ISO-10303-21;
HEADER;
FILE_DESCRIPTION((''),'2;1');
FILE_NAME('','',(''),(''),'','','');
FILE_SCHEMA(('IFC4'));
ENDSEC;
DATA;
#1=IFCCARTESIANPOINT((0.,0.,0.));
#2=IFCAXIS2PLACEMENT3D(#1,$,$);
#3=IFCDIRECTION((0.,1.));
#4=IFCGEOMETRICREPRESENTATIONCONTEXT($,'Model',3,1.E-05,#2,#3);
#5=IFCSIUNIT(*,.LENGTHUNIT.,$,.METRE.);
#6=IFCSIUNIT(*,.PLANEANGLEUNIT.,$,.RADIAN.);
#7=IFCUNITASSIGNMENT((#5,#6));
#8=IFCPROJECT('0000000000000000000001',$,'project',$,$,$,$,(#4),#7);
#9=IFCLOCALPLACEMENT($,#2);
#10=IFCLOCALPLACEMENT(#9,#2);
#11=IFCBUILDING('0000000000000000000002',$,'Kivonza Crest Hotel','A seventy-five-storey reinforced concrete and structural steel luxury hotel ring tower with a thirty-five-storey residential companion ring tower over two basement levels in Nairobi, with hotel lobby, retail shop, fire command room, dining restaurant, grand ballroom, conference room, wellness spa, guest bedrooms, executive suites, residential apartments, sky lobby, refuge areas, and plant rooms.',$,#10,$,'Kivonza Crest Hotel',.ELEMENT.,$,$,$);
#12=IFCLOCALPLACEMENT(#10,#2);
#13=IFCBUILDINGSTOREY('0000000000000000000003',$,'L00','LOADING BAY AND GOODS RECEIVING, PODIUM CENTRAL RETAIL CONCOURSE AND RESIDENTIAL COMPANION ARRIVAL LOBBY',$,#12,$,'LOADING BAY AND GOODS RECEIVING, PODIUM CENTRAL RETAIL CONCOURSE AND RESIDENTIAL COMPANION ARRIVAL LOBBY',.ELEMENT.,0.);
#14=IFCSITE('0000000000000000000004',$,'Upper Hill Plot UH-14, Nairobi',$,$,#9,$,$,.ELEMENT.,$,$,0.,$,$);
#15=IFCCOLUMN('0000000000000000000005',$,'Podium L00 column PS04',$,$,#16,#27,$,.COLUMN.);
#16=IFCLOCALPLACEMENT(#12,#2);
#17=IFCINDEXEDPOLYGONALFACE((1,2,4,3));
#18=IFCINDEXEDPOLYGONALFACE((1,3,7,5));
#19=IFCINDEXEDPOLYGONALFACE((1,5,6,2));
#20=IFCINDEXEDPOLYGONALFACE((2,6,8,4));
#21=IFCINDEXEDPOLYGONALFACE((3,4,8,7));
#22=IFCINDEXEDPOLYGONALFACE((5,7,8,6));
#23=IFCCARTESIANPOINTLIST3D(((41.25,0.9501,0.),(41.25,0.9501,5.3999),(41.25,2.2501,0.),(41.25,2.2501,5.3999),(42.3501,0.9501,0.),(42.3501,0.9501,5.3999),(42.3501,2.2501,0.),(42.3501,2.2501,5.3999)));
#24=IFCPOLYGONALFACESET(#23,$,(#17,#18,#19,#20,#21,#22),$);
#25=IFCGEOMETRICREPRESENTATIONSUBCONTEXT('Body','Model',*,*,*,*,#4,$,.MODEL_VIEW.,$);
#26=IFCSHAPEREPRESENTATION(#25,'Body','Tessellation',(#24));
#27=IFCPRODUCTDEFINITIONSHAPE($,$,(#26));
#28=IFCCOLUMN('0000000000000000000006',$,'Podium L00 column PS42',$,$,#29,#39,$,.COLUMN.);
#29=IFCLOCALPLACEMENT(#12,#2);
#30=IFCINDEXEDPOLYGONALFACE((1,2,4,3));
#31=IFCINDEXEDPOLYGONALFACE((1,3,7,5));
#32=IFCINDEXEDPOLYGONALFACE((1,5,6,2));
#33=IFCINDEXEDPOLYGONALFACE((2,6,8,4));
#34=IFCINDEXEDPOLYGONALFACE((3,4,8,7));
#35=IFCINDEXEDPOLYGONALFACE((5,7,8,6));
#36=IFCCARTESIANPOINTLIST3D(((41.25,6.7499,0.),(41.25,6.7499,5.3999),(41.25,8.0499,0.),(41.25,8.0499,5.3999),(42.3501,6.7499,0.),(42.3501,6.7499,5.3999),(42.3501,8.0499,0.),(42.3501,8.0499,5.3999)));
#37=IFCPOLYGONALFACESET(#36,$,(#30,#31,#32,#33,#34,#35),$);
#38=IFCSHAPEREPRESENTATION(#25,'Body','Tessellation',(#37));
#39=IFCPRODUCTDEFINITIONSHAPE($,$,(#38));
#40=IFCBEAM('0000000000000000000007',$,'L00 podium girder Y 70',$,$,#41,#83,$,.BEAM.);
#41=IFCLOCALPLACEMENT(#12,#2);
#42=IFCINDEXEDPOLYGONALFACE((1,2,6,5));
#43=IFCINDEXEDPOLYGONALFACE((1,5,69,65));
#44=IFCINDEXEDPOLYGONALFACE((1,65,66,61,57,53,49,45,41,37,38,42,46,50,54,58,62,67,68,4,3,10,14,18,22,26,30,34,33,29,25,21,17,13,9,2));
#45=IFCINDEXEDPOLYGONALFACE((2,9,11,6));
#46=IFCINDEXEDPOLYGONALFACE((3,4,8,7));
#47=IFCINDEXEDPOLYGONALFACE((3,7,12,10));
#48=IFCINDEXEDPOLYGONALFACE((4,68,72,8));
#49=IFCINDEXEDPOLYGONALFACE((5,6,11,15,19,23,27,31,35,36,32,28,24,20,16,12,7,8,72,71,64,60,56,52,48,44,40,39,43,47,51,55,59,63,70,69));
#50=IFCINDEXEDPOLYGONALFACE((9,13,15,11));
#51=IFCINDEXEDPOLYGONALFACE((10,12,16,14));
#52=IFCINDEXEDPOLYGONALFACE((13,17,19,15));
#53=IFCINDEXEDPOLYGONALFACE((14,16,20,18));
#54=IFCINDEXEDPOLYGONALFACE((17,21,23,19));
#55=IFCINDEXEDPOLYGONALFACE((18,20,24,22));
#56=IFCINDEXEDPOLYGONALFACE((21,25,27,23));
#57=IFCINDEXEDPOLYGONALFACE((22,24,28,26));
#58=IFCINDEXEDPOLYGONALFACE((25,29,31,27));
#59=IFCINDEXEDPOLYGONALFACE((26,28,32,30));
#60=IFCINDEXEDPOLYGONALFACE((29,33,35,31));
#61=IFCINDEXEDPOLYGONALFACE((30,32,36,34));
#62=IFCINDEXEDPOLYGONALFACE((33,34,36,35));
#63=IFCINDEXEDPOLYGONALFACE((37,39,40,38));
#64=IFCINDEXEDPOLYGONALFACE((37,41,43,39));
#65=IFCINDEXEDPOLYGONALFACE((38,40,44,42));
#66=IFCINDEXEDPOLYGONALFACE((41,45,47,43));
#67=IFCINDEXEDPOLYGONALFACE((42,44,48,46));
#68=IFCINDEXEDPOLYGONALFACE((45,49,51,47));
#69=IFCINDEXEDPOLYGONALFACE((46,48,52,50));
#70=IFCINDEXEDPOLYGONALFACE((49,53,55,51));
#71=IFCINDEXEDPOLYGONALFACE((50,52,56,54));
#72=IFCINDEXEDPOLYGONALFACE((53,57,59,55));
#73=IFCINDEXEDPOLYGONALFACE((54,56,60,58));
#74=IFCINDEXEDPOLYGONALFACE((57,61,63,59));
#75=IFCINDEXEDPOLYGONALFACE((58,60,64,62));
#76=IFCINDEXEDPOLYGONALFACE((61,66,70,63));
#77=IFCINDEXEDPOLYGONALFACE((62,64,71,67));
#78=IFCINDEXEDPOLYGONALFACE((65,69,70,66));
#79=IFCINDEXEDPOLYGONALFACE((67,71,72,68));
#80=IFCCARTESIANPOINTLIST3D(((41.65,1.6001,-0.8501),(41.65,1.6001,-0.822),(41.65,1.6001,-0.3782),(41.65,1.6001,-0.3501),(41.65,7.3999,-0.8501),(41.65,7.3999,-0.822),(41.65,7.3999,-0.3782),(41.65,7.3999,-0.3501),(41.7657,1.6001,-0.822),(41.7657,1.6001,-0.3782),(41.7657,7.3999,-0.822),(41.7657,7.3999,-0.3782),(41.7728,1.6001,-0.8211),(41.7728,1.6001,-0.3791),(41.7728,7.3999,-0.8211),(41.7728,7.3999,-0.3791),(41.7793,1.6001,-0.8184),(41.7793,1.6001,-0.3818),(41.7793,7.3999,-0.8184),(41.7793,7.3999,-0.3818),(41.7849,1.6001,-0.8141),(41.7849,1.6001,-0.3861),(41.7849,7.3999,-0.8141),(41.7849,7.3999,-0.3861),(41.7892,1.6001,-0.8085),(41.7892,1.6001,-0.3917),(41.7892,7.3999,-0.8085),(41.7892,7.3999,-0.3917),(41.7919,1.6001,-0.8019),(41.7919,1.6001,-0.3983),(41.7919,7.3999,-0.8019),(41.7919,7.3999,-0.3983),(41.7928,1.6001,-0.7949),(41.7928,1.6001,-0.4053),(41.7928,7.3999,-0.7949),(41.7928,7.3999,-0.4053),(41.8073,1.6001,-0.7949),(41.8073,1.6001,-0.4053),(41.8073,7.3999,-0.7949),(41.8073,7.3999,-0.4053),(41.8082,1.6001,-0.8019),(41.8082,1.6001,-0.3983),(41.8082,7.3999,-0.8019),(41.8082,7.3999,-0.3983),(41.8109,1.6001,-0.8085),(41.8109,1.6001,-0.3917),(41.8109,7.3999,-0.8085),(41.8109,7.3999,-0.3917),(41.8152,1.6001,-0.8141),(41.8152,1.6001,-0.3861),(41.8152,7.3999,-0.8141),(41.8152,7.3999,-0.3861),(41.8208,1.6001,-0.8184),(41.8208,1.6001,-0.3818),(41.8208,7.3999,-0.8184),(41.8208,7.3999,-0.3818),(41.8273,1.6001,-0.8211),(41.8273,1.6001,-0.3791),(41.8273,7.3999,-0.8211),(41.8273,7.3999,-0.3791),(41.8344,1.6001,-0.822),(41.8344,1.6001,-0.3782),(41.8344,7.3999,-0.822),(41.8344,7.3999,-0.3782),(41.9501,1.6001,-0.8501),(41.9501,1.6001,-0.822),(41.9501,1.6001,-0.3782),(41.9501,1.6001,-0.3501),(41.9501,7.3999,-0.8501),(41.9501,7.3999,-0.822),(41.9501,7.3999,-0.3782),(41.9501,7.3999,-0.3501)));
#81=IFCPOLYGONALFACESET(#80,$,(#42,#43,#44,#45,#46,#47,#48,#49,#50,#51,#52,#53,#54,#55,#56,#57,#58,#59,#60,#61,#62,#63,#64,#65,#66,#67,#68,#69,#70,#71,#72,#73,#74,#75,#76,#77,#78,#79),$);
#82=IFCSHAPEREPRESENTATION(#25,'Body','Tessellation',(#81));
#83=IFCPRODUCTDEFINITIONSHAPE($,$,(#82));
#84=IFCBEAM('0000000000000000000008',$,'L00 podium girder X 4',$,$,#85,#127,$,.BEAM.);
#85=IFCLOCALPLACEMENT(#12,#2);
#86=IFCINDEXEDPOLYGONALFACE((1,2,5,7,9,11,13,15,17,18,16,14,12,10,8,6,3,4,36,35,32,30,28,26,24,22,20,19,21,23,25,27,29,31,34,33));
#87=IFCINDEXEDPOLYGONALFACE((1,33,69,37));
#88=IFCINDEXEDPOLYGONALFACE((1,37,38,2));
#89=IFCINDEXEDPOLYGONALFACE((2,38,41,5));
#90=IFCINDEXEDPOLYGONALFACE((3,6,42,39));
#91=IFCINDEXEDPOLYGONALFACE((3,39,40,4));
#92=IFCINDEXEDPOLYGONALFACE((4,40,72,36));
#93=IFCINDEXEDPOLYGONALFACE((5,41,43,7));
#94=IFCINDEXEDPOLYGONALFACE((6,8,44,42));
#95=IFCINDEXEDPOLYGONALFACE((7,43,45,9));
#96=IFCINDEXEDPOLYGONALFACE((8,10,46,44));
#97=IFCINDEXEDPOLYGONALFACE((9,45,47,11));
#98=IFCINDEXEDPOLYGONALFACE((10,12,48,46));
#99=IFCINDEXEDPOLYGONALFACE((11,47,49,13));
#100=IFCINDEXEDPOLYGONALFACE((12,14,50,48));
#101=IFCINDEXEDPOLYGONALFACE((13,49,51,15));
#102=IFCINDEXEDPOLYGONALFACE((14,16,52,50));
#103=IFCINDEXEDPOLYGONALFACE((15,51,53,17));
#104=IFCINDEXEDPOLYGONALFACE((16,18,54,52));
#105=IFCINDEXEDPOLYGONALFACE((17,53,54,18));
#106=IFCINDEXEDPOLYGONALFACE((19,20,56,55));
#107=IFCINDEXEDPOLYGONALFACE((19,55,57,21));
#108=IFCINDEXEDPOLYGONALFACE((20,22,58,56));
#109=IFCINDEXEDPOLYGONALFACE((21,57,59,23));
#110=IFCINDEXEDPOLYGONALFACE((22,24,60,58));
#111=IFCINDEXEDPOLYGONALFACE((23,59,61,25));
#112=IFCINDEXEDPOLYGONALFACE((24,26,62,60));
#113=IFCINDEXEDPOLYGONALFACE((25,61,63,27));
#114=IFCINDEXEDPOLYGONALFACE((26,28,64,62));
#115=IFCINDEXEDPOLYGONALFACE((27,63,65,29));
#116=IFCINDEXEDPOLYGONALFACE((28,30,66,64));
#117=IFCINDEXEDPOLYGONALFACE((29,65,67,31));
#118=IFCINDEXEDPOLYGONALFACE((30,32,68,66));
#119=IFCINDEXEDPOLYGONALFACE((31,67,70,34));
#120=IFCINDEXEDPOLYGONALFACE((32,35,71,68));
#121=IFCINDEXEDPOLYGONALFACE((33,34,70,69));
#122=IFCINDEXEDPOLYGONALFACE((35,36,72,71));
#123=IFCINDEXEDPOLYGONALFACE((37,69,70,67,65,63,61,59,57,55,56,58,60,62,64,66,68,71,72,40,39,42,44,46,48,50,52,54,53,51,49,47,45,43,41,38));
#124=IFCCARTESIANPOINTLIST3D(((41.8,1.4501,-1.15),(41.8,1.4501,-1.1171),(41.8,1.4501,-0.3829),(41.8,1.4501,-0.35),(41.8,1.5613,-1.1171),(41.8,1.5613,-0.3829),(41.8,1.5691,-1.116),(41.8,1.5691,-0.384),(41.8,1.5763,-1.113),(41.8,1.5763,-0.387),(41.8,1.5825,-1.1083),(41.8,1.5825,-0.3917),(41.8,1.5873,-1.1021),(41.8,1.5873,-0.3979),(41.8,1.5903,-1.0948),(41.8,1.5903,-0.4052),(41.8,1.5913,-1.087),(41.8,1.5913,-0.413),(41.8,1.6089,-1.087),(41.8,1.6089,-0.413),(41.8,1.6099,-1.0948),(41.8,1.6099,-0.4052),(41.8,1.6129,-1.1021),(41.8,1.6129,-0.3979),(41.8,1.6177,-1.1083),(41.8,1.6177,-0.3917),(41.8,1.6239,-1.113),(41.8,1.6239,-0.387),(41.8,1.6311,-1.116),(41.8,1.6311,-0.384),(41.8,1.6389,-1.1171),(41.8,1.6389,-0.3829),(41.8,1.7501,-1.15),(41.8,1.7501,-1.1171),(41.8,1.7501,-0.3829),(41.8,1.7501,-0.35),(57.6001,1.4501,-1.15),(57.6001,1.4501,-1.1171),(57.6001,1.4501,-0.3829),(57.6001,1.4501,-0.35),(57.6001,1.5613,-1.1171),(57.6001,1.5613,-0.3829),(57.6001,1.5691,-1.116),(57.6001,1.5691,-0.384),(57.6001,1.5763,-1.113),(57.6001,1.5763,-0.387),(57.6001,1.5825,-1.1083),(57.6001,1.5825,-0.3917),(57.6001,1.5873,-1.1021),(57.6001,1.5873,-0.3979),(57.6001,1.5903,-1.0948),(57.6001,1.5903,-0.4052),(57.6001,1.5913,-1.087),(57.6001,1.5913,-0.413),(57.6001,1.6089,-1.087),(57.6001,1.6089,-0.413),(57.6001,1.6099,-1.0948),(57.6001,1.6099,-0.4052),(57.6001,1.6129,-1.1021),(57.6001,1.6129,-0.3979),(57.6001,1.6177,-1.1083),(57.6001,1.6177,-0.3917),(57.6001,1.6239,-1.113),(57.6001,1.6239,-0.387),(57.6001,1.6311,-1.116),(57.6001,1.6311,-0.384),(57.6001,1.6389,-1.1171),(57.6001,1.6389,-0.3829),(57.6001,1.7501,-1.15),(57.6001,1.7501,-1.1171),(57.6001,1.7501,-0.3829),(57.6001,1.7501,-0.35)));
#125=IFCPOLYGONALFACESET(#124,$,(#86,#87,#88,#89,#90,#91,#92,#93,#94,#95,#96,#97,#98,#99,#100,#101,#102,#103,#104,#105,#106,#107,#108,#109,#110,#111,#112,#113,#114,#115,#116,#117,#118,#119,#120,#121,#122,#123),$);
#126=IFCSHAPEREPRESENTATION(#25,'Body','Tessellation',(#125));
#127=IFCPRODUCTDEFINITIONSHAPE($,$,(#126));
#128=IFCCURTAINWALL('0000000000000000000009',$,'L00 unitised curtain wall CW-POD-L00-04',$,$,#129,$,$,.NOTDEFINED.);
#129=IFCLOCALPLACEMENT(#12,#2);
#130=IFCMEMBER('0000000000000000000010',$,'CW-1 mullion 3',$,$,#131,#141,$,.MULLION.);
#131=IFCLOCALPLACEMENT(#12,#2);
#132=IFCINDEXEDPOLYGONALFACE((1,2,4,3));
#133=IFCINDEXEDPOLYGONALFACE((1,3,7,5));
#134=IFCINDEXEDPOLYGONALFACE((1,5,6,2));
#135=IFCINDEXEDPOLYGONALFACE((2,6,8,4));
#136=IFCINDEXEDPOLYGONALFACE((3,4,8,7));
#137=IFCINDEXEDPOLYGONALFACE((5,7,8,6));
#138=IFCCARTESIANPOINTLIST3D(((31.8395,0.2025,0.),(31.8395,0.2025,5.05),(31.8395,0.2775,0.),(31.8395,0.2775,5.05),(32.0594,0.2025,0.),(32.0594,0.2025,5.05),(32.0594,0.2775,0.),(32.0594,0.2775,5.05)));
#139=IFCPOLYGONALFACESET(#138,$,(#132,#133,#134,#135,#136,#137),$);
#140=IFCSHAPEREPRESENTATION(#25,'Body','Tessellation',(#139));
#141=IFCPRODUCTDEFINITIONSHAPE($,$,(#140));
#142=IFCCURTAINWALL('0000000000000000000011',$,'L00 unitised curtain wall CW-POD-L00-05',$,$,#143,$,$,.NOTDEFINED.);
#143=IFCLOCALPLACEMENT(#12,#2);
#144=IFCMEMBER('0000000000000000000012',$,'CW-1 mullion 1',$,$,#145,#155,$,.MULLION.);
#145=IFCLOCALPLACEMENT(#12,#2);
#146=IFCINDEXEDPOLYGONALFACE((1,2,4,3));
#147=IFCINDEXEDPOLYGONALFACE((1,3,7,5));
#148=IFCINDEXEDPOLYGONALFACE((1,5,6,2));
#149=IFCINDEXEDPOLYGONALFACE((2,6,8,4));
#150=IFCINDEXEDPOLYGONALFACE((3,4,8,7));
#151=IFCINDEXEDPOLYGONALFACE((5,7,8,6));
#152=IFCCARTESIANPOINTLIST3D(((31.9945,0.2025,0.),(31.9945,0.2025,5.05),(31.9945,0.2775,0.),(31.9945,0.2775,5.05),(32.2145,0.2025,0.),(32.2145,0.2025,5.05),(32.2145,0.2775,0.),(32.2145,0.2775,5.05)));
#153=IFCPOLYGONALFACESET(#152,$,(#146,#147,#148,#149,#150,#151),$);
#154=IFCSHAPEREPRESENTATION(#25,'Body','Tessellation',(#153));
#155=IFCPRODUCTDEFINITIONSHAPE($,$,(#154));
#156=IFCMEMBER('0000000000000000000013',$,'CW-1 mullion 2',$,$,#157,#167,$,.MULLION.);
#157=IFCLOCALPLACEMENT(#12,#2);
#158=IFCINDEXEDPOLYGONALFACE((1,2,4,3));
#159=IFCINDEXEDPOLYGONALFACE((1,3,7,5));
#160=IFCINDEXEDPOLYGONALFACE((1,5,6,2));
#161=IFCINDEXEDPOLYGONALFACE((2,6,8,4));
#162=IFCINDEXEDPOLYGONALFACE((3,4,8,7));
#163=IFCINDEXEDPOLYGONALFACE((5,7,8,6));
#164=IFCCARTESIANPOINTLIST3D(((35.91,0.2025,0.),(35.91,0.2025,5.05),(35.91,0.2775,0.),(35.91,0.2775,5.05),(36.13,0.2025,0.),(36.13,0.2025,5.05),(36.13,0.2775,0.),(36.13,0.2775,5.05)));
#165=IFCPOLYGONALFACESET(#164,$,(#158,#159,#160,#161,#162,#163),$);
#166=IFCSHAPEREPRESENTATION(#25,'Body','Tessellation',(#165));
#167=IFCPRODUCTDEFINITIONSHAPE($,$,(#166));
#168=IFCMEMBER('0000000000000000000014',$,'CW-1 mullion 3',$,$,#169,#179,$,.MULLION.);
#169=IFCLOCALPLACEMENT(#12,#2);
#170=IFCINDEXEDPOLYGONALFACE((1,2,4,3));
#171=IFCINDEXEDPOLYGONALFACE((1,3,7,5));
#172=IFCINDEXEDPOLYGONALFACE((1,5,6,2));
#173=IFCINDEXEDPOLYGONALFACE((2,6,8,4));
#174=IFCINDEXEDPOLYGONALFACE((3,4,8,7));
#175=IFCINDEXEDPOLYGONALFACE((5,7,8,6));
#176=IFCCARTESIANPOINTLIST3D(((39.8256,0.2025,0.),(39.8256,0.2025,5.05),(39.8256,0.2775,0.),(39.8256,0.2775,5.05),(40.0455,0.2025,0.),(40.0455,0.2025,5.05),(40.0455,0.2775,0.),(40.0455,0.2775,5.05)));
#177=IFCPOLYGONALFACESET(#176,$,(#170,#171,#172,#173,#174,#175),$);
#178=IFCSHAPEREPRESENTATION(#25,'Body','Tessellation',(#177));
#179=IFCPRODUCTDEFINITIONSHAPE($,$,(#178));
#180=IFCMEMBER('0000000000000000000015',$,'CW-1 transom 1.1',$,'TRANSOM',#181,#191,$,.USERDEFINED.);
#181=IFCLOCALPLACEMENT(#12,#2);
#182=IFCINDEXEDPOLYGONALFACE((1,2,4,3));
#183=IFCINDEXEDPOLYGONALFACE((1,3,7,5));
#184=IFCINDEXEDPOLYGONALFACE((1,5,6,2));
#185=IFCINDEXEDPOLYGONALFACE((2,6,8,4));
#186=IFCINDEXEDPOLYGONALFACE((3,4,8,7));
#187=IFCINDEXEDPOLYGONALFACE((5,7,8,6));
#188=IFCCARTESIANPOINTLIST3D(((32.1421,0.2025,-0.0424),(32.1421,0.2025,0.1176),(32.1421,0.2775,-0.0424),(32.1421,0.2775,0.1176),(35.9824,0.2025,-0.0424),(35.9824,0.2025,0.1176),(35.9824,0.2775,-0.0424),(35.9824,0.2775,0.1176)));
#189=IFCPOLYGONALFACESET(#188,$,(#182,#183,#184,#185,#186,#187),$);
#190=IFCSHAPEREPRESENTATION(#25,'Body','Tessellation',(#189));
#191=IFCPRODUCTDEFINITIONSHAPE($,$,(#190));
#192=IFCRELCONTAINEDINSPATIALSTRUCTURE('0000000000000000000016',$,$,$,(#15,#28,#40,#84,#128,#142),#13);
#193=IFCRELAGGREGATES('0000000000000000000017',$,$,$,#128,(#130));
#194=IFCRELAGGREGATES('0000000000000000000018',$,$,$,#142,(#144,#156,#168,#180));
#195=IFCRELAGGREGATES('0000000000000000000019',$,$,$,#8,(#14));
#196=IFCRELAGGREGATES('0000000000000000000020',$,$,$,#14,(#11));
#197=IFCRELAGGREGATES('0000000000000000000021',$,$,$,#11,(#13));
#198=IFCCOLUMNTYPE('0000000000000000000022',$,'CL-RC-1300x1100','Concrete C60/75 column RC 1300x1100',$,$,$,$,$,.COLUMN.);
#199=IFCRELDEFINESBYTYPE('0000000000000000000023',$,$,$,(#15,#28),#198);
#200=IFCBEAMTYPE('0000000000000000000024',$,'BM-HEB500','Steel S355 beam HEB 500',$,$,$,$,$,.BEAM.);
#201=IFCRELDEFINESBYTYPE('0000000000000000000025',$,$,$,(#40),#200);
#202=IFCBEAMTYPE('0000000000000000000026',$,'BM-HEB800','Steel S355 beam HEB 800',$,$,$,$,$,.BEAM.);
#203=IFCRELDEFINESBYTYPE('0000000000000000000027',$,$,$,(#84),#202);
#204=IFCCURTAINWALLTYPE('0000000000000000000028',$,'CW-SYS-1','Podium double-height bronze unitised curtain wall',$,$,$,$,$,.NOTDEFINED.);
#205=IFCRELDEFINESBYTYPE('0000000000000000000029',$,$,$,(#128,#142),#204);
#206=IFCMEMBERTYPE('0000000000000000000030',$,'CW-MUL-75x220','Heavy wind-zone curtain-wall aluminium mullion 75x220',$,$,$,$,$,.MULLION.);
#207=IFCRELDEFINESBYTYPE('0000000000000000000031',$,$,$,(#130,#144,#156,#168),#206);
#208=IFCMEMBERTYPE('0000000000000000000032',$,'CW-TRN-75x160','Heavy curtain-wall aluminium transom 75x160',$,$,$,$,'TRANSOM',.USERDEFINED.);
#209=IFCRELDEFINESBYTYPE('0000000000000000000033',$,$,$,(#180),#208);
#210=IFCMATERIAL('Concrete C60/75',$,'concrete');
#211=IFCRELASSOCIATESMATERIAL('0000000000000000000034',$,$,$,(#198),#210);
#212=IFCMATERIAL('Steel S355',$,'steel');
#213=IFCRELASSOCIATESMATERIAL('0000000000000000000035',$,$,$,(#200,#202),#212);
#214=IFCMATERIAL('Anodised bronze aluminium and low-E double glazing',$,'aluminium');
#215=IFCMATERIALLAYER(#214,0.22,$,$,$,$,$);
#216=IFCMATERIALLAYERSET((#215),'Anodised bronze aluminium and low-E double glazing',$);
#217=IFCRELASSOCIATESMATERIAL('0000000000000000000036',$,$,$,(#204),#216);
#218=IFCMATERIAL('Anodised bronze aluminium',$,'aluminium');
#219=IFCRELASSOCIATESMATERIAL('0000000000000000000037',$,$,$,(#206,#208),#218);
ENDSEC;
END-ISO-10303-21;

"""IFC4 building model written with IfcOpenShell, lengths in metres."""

from ifc_helpers import new_model, si_unit, direction, frame, origin, origin_2d, place, context, subcontext, project, spatial, rectangle, i_section, extrude, material, layer, layer_set, material_profile, profile_set, type_object, element, aggregate, save


model = new_model("IFC4")

# Units and contexts
model_context = context("Model", 3, precision=1e-05, world=origin(), true_north=direction((0.0, 1.0)))
body_context = subcontext(model_context, "Body", "Model", "MODEL_VIEW")
ifc_project = project(units=[si_unit("LENGTHUNIT", "METRE"), si_unit("PLANEANGLEUNIT", "RADIAN")], contexts=[model_context])

# Site, building, storey
site_placement = place(None, origin())
site = spatial("IfcSite", under=ifc_project, at=site_placement, Name="Upper Hill Plot UH-14, Nairobi", CompositionType="ELEMENT", RefElevation=0.0)
building_placement = place(site_placement, origin())
building = spatial("IfcBuilding", under=site, at=building_placement, Name="Kivonza Crest Hotel", Description="A seventy-five-storey reinforced concrete and structural steel luxury hotel ring tower with a thirty-five-storey residential companion ring tower over two basement levels in Nairobi, with hotel lobby, retail shop, fire command room, dining restaurant, grand ballroom, conference room, wellness spa, guest bedrooms, executive suites, residential apartments, sky lobby, refuge areas, and plant rooms.", LongName="Kivonza Crest Hotel", CompositionType="ELEMENT")
storey_placement = place(building_placement, origin())
storey = spatial("IfcBuildingStorey", under=building, at=storey_placement, Name="L00", Description="LOADING BAY AND GOODS RECEIVING, PODIUM CENTRAL RETAIL CONCOURSE AND RESIDENTIAL COMPANION ARRIVAL LOBBY", LongName="LOADING BAY AND GOODS RECEIVING, PODIUM CENTRAL RETAIL CONCOURSE AND RESIDENTIAL COMPANION ARRIVAL LOBBY", CompositionType="ELEMENT", Elevation=0.0)

# Columns
ifc_material_1 = material(Name="Concrete C60/75", Category="concrete")
ifc_material_profile_1 = material_profile(ifc_material_1, rectangle(XDim=1.1001, YDim=1.3, at=origin_2d()), Name="RC 1300x1100")
ifc_profile_set_1 = profile_set([ifc_material_profile_1], Name="Concrete C60/75")
column_type = type_object("IfcColumnType", Name="CL-RC-1300x1100", Description="Concrete C60/75 column RC 1300x1100", PredefinedType="COLUMN", material=ifc_profile_set_1)
for number, where, z_axis, x_axis, name in (
    (1, (41.8, 1.6001, 0.0), (0.0, 0.0, 1.0), (1.0, 0.0, 0.0), "Podium L00 column PS04"),
    (2, (41.8, 7.3999, 0.0), (0.0, 0.0, 1.0), (1.0, 0.0, 0.0), "Podium L00 column PS42"),
):
    element("IfcColumn", number, at=place(storey_placement, frame(where, z_axis=z_axis, x_axis=x_axis)), inside=storey, type_object=column_type, Name=name, PredefinedType="COLUMN", context=body_context, shape_type="SweptSolid", body=[
        extrude(rectangle(XDim=1.1001, YDim=1.3, at=origin_2d()), origin(), (0.0, 0.0, 1.0), 5.3999),
    ])

# Beams
ifc_material_2 = material(Name="Steel S355", Category="steel")
ifc_material_profile_2 = material_profile(ifc_material_2, i_section(OverallWidth=0.3, OverallDepth=0.5, WebThickness=0.0144, FlangeThickness=0.0281, FilletRadius=0.0271, at=origin_2d()), Name="HEB 500")
ifc_profile_set_2 = profile_set([ifc_material_profile_2], Name="Steel S355")
beam_type_1 = type_object("IfcBeamType", Name="BM-HEB500", Description="Steel S355 beam HEB 500", PredefinedType="BEAM", material=ifc_profile_set_2)
beam_1_placement = place(storey_placement, frame((41.8, 1.6001, -0.6001), z_axis=(0.0, 1.0, 0.0), x_axis=(-1.0, 0.0, 0.0)))
element("IfcBeam", 3, at=beam_1_placement, inside=storey, type_object=beam_type_1, Name="L00 podium girder Y 70", PredefinedType="BEAM", context=body_context, shape_type="SweptSolid", body=[
    extrude(i_section(OverallWidth=0.3, OverallDepth=0.5, WebThickness=0.0144, FlangeThickness=0.0281, FilletRadius=0.0271, at=origin_2d()), origin(), (0.0, 0.0, 1.0), 5.7998),
])
ifc_material_profile_3 = material_profile(ifc_material_2, i_section(OverallWidth=0.3, OverallDepth=0.8, WebThickness=0.0176, FlangeThickness=0.033, FilletRadius=0.03, at=origin_2d()), Name="HEB 800")
ifc_profile_set_3 = profile_set([ifc_material_profile_3], Name="Steel S355")
beam_type_2 = type_object("IfcBeamType", Name="BM-HEB800", Description="Steel S355 beam HEB 800", PredefinedType="BEAM", material=ifc_profile_set_3)
beam_2_placement = place(storey_placement, frame((41.8, 1.6001, -0.75), z_axis=(1.0, 0.0, 0.0), x_axis=(0.0, 1.0, 0.0)))
element("IfcBeam", 4, at=beam_2_placement, inside=storey, type_object=beam_type_2, Name="L00 podium girder X 4", PredefinedType="BEAM", context=body_context, shape_type="SweptSolid", body=[
    extrude(i_section(OverallWidth=0.3, OverallDepth=0.8, WebThickness=0.0176, FlangeThickness=0.033, FilletRadius=0.03, at=origin_2d()), origin(), (0.0, 0.0, 1.0), 15.8),
])

# Curtain wall, member
ifc_material_3 = material(Name="Anodised bronze aluminium and low-E double glazing", Category="aluminium")
ifc_layer_1 = layer(ifc_material_3, 0.22)
ifc_layer_set_1 = layer_set([ifc_layer_1], Name="Anodised bronze aluminium and low-E double glazing")
curtain_wall_type = type_object("IfcCurtainWallType", Name="CW-SYS-1", Description="Podium double-height bronze unitised curtain wall", PredefinedType="NOTDEFINED", material=ifc_layer_set_1)
curtain_wall_1_placement = place(storey_placement, origin())
curtain_wall_1 = element("IfcCurtainWall", 5, at=curtain_wall_1_placement, inside=storey, type_object=curtain_wall_type, Name="L00 unitised curtain wall CW-POD-L00-04", PredefinedType="NOTDEFINED")
ifc_material_4 = material(Name="Anodised bronze aluminium", Category="aluminium")
ifc_material_profile_4 = material_profile(ifc_material_4, rectangle(XDim=0.075, YDim=0.22, at=origin_2d()), Name="CW-M 75x220")
ifc_profile_set_4 = profile_set([ifc_material_profile_4], Name="Anodised bronze aluminium")
member_type_1 = type_object("IfcMemberType", Name="CW-MUL-75x220", Description="Heavy wind-zone curtain-wall aluminium mullion 75x220", PredefinedType="MULLION", material=ifc_profile_set_4)
member_1_placement = place(storey_placement, frame((31.9495, 0.24, 0.0), z_axis=(0.0, 0.0, 1.0), x_axis=(0.0, 1.0, 0.0)))
member_1 = element("IfcMember", 6, at=member_1_placement, type_object=member_type_1, Name="CW-1 mullion 3", PredefinedType="MULLION", context=body_context, shape_type="SweptSolid", body=[
    extrude(rectangle(XDim=0.075, YDim=0.22, at=origin_2d()), origin(), (0.0, 0.0, 1.0), 5.05),
])

# Curtain wall, members
curtain_wall_2_placement = place(storey_placement, origin())
curtain_wall_2 = element("IfcCurtainWall", 7, at=curtain_wall_2_placement, inside=storey, type_object=curtain_wall_type, Name="L00 unitised curtain wall CW-POD-L00-05", PredefinedType="NOTDEFINED")
member_2_placement = place(storey_placement, frame((32.1045, 0.24, 0.0), z_axis=(0.0, 0.0, 1.0), x_axis=(0.0, 1.0, 0.0)))
member_2 = element("IfcMember", 8, at=member_2_placement, type_object=member_type_1, Name="CW-1 mullion 1", PredefinedType="MULLION", context=body_context, shape_type="SweptSolid", body=[
    extrude(rectangle(XDim=0.075, YDim=0.22, at=origin_2d()), origin(), (0.0, 0.0, 1.0), 5.05),
])
member_3_placement = place(storey_placement, frame((36.02, 0.24, 0.0), z_axis=(0.0, 0.0, 1.0), x_axis=(0.0, 1.0, 0.0)))
member_3 = element("IfcMember", 9, at=member_3_placement, type_object=member_type_1, Name="CW-1 mullion 2", PredefinedType="MULLION", context=body_context, shape_type="SweptSolid", body=[
    extrude(rectangle(XDim=0.075, YDim=0.22, at=origin_2d()), origin(), (0.0, 0.0, 1.0), 5.05),
])
member_4_placement = place(storey_placement, frame((39.9355, 0.24, 0.0), z_axis=(0.0, 0.0, 1.0), x_axis=(0.0, 1.0, 0.0)))
member_4 = element("IfcMember", 10, at=member_4_placement, type_object=member_type_1, Name="CW-1 mullion 3", PredefinedType="MULLION", context=body_context, shape_type="SweptSolid", body=[
    extrude(rectangle(XDim=0.075, YDim=0.22, at=origin_2d()), origin(), (0.0, 0.0, 1.0), 5.05),
])
ifc_material_profile_5 = material_profile(ifc_material_4, rectangle(XDim=0.075, YDim=0.1599, at=origin_2d()), Name="CW-T 75x160")
ifc_profile_set_5 = profile_set([ifc_material_profile_5], Name="Anodised bronze aluminium")
member_type_2 = type_object("IfcMemberType", Name="CW-TRN-75x160", Description="Heavy curtain-wall aluminium transom 75x160", ElementType="TRANSOM", PredefinedType="USERDEFINED", material=ifc_profile_set_5)
member_5_placement = place(storey_placement, frame((32.1421, 0.24, 0.0376), z_axis=(1.0, 0.0, 0.0), x_axis=(0.0, 1.0, 0.0)))
member_5 = element("IfcMember", 11, at=member_5_placement, type_object=member_type_2, Name="CW-1 transom 1.1", ObjectType="TRANSOM", PredefinedType="USERDEFINED", context=body_context, shape_type="SweptSolid", body=[
    extrude(rectangle(XDim=0.075, YDim=0.1599, at=origin_2d()), origin(), (0.0, 0.0, 1.0), 3.8403),
])

aggregate(curtain_wall_1, [member_1])
aggregate(curtain_wall_2, [member_2, member_3, member_4, member_5])

save(model, "model.ifc")
